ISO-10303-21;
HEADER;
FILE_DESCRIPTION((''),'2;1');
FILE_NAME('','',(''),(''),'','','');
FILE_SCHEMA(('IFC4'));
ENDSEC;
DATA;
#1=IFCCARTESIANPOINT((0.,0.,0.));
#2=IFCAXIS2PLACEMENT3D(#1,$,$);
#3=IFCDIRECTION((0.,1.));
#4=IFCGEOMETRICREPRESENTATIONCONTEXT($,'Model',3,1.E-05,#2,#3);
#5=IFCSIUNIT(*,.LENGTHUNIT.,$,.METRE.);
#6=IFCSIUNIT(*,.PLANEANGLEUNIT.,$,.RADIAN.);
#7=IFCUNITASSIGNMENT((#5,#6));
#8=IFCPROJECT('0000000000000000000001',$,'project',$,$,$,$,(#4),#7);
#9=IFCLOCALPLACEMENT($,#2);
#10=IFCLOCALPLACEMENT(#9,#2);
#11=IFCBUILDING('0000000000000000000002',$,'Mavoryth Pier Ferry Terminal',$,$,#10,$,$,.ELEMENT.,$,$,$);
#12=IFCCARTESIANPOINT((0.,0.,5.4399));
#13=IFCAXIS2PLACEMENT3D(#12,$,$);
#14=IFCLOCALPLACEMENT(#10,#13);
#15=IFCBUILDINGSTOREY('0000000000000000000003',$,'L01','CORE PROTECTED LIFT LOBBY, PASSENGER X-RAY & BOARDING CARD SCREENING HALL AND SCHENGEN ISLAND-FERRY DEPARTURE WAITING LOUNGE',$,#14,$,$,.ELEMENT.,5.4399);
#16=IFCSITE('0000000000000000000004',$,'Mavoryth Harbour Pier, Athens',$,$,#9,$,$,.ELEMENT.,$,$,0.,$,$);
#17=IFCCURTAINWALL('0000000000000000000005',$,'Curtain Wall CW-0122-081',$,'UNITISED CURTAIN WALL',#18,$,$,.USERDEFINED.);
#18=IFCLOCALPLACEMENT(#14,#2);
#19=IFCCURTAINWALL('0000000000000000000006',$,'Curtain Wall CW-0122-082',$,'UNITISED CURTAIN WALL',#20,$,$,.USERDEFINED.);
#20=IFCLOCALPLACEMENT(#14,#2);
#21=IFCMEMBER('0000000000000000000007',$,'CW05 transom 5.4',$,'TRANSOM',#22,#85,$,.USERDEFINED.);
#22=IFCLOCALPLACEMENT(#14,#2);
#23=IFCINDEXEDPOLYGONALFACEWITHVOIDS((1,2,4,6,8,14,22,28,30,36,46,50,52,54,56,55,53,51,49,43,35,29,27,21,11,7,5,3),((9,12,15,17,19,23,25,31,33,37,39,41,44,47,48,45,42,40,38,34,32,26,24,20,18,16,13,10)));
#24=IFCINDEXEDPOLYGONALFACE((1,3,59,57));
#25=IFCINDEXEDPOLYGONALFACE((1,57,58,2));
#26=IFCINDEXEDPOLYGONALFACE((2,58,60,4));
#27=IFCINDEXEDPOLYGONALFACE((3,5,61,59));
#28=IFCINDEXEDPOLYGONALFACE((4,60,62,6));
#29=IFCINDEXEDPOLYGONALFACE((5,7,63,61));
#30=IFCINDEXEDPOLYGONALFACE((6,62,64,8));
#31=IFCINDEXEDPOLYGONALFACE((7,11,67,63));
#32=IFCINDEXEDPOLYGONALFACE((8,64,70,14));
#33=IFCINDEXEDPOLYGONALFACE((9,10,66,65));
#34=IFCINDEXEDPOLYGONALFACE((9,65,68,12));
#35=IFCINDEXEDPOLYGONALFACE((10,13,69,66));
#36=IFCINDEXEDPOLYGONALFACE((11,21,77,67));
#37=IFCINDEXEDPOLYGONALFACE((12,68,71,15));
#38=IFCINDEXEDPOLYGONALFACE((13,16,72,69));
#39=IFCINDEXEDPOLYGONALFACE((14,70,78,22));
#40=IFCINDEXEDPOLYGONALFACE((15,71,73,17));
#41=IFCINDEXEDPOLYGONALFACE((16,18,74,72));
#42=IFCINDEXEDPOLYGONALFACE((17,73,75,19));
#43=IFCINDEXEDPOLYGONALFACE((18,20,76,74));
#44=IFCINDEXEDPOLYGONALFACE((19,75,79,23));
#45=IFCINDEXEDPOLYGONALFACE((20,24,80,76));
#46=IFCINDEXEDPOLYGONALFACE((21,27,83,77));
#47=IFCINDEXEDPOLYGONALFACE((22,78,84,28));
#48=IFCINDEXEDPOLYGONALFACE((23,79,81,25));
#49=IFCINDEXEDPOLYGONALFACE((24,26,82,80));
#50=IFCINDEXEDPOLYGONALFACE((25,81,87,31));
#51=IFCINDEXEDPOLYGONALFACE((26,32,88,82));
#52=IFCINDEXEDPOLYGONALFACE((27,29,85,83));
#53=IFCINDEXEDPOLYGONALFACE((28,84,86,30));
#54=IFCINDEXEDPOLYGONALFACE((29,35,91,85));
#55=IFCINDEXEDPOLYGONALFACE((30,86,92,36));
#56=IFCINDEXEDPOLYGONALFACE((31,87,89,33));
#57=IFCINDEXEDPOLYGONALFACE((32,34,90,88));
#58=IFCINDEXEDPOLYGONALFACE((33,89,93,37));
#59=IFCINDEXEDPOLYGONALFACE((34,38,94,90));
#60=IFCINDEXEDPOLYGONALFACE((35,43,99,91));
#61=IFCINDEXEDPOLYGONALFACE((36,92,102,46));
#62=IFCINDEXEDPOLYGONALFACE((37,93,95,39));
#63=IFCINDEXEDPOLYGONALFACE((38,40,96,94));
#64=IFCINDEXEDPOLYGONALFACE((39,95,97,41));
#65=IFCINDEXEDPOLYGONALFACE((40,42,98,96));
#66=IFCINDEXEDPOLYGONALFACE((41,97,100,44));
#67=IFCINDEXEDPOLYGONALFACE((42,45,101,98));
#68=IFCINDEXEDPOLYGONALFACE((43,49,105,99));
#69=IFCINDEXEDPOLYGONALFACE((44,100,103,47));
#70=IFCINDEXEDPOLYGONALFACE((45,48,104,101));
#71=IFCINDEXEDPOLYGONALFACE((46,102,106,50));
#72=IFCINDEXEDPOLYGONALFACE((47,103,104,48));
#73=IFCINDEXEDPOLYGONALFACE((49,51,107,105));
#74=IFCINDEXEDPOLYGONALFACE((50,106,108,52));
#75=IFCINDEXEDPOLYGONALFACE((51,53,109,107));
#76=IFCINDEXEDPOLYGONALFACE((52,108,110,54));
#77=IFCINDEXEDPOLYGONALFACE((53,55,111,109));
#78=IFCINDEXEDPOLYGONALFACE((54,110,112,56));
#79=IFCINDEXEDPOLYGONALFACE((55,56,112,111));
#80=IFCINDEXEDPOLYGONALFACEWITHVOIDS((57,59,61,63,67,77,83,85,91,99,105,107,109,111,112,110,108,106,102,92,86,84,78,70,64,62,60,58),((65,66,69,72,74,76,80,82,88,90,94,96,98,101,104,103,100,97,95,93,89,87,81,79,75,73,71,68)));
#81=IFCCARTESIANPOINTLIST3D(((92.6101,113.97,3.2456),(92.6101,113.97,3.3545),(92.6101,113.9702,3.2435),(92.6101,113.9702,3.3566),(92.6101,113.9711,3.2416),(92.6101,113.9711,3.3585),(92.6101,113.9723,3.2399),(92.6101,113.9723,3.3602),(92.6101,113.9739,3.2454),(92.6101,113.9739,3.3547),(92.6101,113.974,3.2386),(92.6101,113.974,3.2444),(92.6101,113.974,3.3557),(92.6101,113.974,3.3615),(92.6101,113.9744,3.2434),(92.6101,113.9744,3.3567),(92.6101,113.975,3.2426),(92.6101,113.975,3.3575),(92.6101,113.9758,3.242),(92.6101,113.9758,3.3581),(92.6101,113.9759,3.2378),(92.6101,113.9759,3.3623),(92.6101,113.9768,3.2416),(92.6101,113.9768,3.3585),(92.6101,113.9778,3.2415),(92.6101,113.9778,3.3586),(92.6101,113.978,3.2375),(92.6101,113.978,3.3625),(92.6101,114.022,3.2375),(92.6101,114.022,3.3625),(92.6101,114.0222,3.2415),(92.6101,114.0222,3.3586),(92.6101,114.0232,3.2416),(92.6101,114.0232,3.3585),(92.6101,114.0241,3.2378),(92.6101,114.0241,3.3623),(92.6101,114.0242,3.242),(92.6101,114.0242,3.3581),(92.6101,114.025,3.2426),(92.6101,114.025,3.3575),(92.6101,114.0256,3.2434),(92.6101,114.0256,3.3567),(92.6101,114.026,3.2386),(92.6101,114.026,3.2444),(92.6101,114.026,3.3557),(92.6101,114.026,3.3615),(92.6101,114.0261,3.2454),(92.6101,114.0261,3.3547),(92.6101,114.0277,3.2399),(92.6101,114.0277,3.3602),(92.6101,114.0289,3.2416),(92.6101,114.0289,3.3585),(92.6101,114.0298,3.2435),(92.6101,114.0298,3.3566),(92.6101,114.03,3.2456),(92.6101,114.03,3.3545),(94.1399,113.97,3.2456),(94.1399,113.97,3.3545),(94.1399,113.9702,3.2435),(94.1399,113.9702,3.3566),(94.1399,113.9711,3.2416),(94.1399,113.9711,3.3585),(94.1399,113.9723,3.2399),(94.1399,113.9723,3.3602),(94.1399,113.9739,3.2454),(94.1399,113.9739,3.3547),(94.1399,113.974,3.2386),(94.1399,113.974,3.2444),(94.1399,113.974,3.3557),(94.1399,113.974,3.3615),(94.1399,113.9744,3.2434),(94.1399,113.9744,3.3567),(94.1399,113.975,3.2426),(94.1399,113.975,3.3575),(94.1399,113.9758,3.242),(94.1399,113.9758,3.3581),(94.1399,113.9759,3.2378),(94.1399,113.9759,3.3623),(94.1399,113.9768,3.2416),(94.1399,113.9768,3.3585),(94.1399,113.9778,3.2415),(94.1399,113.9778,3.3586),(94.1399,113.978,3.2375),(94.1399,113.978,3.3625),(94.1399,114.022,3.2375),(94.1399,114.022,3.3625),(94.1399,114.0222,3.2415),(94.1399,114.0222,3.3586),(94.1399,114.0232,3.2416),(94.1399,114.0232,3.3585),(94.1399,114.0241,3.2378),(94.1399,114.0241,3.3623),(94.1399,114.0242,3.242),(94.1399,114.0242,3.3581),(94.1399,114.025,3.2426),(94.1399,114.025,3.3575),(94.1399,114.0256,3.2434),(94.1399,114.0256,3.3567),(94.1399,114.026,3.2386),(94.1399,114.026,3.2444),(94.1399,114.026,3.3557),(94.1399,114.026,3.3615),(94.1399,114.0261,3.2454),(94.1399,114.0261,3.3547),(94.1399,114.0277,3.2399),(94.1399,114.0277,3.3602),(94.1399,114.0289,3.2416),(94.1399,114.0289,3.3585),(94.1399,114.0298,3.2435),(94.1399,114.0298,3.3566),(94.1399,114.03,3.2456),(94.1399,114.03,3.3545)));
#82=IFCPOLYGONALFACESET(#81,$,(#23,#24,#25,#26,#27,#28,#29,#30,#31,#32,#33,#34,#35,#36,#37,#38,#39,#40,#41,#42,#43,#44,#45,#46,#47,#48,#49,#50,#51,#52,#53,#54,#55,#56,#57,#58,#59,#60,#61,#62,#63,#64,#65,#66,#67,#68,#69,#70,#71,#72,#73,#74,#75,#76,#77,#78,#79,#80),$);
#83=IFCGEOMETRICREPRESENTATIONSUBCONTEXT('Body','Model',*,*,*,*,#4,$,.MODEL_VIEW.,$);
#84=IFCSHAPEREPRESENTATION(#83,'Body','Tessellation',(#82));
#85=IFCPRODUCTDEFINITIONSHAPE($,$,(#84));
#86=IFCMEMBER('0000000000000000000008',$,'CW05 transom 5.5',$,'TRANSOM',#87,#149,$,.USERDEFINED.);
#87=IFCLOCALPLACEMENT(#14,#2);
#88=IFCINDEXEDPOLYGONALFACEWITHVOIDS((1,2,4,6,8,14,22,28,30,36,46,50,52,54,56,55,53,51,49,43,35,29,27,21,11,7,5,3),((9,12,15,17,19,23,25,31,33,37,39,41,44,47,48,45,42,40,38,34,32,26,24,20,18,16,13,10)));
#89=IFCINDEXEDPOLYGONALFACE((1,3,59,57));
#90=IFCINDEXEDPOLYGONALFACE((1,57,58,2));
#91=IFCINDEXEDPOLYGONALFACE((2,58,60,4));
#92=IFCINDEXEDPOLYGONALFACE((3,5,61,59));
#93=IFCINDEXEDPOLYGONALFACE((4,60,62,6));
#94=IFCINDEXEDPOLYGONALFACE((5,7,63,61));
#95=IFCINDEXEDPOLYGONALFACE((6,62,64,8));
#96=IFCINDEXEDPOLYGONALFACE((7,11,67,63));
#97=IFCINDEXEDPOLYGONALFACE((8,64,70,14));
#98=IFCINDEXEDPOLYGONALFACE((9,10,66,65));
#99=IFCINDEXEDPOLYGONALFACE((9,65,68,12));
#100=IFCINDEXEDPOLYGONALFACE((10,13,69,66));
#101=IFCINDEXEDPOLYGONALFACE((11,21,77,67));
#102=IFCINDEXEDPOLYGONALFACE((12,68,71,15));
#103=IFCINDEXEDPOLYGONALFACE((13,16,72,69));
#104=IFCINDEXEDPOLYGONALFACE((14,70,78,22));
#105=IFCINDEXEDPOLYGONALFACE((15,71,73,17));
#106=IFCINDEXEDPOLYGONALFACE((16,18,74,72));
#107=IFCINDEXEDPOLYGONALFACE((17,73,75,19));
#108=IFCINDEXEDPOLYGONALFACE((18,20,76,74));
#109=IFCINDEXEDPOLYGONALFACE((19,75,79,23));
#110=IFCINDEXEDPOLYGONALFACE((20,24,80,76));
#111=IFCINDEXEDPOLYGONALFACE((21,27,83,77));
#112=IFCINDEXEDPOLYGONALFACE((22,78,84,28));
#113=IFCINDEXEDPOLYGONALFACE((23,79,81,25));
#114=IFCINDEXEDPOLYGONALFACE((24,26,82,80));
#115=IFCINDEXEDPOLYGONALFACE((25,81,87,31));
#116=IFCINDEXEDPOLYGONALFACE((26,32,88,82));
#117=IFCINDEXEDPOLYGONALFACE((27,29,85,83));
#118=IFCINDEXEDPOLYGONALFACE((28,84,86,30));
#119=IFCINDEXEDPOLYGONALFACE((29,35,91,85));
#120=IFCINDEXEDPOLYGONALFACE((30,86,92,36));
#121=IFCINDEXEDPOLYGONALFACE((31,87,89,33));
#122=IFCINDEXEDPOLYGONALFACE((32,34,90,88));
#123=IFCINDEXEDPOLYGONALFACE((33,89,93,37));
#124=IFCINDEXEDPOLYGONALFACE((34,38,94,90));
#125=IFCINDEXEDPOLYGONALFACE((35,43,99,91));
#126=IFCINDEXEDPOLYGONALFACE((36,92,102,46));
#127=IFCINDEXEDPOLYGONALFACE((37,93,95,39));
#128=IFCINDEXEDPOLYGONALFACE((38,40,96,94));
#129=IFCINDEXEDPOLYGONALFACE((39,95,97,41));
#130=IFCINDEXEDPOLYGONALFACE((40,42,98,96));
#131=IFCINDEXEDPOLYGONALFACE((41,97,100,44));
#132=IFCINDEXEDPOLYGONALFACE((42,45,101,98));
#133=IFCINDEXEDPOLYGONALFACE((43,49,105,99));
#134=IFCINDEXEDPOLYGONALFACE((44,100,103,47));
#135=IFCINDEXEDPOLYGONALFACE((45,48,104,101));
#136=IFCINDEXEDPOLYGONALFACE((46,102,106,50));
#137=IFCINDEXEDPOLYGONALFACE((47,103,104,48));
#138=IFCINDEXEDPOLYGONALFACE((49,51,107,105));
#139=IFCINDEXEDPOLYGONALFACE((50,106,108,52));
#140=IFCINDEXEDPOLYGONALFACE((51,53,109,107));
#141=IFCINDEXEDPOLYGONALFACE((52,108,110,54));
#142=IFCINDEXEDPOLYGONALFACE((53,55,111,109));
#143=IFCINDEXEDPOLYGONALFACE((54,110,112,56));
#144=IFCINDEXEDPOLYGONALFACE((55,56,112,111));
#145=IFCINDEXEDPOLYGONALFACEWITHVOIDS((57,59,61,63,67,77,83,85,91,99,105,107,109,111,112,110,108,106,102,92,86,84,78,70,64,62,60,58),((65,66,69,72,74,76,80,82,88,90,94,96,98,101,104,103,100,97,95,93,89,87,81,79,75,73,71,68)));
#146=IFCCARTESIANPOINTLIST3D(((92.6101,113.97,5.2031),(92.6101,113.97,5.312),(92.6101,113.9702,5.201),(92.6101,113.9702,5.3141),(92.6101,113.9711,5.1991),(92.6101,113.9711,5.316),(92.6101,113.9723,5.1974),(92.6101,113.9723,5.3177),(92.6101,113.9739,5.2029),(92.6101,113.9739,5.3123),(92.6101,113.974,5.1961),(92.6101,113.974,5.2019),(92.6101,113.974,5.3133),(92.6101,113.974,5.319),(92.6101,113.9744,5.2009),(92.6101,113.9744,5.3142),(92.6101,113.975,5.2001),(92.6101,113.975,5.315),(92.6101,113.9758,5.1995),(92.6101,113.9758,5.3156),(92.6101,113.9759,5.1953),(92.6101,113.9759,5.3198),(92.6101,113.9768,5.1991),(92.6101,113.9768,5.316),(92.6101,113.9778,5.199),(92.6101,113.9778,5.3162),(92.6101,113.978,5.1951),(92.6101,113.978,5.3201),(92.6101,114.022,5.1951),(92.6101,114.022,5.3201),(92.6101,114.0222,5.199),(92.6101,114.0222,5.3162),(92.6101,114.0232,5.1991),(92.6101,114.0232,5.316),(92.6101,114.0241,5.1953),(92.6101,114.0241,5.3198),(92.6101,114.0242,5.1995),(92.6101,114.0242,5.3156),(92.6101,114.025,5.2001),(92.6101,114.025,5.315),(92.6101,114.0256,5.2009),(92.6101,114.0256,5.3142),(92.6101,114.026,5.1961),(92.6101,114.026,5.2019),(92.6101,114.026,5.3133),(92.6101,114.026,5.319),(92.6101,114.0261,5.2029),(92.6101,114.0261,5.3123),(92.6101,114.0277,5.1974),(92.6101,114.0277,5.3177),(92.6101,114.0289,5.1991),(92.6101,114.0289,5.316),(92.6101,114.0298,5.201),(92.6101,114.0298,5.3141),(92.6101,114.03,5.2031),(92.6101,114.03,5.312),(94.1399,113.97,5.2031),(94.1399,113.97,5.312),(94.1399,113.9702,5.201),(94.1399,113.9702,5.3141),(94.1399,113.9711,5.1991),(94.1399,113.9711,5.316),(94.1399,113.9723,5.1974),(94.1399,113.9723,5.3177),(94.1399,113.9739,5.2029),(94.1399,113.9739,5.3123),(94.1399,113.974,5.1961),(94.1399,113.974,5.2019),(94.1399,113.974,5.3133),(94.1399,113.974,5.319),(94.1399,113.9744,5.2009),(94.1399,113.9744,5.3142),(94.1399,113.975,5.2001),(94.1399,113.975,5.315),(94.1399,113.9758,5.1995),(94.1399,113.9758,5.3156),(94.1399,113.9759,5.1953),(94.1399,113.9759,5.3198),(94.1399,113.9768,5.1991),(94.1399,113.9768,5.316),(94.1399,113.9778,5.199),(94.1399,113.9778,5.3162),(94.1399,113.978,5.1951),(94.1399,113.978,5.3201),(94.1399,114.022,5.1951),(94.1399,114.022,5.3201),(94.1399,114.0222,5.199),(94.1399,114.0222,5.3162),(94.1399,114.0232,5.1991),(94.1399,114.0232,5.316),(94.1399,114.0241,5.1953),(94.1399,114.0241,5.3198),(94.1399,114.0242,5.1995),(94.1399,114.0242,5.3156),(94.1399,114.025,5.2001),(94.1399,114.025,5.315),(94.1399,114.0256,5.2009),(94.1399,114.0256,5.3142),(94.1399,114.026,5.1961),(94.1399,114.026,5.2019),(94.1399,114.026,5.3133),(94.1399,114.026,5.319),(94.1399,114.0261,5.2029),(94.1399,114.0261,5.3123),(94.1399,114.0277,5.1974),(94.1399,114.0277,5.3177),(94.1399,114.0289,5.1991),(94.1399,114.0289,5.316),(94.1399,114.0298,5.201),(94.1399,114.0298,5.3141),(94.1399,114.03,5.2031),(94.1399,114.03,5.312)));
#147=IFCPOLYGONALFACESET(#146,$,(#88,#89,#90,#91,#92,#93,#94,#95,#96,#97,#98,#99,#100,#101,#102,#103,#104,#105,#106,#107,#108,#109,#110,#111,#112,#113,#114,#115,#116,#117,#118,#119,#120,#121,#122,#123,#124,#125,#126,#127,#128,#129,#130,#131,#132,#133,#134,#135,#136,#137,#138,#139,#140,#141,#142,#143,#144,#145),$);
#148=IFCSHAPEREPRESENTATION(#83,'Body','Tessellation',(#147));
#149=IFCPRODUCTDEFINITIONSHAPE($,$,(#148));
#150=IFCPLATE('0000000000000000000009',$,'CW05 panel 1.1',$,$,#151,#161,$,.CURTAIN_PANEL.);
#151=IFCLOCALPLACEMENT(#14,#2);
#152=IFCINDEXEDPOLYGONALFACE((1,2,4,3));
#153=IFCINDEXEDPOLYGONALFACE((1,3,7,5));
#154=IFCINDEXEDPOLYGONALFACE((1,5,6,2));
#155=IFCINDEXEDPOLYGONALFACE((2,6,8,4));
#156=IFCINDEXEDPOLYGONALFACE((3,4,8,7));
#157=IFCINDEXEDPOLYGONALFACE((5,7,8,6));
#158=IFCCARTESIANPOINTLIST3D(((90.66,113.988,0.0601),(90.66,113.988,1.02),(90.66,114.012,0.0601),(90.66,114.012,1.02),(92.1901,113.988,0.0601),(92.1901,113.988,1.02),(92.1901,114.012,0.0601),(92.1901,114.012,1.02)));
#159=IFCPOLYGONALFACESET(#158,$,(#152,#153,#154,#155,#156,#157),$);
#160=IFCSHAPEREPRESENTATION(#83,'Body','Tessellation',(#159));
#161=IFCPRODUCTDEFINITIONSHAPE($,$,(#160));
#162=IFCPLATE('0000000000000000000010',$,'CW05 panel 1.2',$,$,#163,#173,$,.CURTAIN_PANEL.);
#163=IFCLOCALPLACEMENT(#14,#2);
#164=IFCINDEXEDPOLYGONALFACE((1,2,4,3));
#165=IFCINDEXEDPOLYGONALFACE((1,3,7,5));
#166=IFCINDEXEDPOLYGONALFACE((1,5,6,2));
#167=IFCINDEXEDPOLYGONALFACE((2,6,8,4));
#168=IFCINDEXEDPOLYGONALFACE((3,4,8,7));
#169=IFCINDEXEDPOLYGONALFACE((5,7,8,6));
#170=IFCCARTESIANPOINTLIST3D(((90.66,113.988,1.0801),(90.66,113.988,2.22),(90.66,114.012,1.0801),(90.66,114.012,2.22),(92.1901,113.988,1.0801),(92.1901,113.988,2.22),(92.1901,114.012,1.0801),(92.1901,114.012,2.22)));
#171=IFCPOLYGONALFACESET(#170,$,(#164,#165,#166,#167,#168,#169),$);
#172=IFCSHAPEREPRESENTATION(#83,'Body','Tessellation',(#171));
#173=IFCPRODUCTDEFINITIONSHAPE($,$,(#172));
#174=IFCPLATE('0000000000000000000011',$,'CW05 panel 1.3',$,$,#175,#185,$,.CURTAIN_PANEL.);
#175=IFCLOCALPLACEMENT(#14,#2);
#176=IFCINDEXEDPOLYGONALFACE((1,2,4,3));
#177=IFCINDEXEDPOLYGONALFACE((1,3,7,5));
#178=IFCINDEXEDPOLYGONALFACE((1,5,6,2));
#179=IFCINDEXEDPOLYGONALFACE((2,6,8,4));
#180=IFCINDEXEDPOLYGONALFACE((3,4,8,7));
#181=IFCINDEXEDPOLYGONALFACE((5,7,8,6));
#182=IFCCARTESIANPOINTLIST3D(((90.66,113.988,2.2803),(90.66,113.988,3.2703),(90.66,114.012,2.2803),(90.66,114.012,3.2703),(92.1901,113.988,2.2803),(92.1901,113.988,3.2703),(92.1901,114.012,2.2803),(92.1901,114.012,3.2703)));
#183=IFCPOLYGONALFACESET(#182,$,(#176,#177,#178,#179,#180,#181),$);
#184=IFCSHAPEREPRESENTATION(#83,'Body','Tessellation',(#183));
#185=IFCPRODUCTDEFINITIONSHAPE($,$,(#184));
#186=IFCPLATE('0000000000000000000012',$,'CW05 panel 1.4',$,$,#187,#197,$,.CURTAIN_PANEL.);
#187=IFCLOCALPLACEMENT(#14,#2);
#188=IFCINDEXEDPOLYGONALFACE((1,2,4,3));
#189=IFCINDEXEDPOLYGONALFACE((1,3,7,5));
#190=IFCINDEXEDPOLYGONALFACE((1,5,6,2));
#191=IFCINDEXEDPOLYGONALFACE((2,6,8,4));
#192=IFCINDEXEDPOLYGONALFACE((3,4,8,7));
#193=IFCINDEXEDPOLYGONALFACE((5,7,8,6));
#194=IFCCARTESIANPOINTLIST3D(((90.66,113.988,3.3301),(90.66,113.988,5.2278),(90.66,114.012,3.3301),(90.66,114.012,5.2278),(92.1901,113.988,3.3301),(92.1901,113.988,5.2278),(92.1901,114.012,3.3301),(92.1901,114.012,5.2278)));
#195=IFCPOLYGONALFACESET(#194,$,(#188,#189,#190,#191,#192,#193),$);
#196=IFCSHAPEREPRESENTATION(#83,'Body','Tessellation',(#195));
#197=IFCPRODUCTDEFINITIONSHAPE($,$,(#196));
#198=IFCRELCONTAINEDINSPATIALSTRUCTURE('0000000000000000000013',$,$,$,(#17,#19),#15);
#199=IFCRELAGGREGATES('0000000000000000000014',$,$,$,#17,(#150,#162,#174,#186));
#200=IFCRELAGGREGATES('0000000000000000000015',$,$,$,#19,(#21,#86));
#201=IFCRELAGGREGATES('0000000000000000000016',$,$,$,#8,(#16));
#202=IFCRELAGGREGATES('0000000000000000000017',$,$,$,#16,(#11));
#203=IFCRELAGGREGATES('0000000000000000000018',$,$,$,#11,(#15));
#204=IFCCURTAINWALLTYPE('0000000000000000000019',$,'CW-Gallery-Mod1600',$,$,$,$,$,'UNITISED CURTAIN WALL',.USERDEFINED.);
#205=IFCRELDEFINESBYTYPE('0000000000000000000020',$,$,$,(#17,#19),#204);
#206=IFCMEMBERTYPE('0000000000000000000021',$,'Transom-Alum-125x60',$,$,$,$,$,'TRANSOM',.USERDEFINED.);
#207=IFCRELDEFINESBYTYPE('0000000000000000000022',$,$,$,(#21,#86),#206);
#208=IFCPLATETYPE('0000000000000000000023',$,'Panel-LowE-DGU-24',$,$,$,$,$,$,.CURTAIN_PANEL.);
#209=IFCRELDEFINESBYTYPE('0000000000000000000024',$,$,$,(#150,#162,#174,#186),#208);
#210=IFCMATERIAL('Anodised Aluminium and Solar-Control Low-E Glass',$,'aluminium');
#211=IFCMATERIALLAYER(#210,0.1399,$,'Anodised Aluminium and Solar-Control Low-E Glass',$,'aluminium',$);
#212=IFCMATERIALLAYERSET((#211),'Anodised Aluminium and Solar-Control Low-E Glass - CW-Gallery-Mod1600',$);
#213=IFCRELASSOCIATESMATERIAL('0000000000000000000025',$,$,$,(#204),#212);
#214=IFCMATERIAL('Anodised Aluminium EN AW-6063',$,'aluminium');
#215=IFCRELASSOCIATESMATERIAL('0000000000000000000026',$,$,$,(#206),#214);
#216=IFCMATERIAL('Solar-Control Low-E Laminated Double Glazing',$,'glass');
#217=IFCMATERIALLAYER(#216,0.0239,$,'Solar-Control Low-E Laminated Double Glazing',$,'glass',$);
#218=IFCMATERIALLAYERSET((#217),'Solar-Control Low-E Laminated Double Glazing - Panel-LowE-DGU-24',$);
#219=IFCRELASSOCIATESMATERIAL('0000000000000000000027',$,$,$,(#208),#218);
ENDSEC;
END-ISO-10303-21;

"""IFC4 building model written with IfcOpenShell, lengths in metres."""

from ifc_helpers import new_model, si_unit, direction, frame, origin, origin_2d, place, context, subcontext, project, spatial, rectangle, hollow_rectangle, extrude, material, layer, layer_set, material_profile, profile_set, type_object, element, aggregate, save


model = new_model("IFC4")

# Units and contexts
model_context = context("Model", 3, precision=1e-05, world=origin(), true_north=direction((0.0, 1.0)))
body_context = subcontext(model_context, "Body", "Model", "MODEL_VIEW")
ifc_project = project(units=[si_unit("LENGTHUNIT", "METRE"), si_unit("PLANEANGLEUNIT", "RADIAN")], contexts=[model_context])

# Site, building, storey
site_placement = place(None, origin())
site = spatial("IfcSite", under=ifc_project, at=site_placement, Name="Mavoryth Harbour Pier, Athens", CompositionType="ELEMENT", RefElevation=0.0)
building_placement = place(site_placement, origin())
building = spatial("IfcBuilding", under=site, at=building_placement, Name="Mavoryth Pier Ferry Terminal", CompositionType="ELEMENT")
storey_placement = place(building_placement, frame((0.0, 0.0, 5.4399)))
storey = spatial("IfcBuildingStorey", under=building, at=storey_placement, Name="L01", Description="CORE PROTECTED LIFT LOBBY, PASSENGER X-RAY & BOARDING CARD SCREENING HALL AND SCHENGEN ISLAND-FERRY DEPARTURE WAITING LOUNGE", CompositionType="ELEMENT", Elevation=5.4399)

# Curtain walls
ifc_material_1 = material(Name="Anodised Aluminium and Solar-Control Low-E Glass", Category="aluminium")
ifc_layer_1 = layer(ifc_material_1, 0.1399, Name="Anodised Aluminium and Solar-Control Low-E Glass", Category="aluminium")
ifc_layer_set_1 = layer_set([ifc_layer_1], Name="Anodised Aluminium and Solar-Control Low-E Glass - CW-Gallery-Mod1600")
curtain_wall_type = type_object("IfcCurtainWallType", Name="CW-Gallery-Mod1600", ElementType="UNITISED CURTAIN WALL", PredefinedType="USERDEFINED", material=ifc_layer_set_1)
curtain_wall_1_placement = place(storey_placement, origin())
curtain_wall_1 = element("IfcCurtainWall", 1, at=curtain_wall_1_placement, inside=storey, type_object=curtain_wall_type, Name="Curtain Wall CW-0122-081", ObjectType="UNITISED CURTAIN WALL", PredefinedType="USERDEFINED")
ifc_material_2 = material(Name="Anodised Aluminium EN AW-6063", Category="aluminium")
curtain_wall_2_placement = place(storey_placement, origin())
curtain_wall_2 = element("IfcCurtainWall", 2, at=curtain_wall_2_placement, inside=storey, type_object=curtain_wall_type, Name="Curtain Wall CW-0122-082", ObjectType="UNITISED CURTAIN WALL", PredefinedType="USERDEFINED")

# Members
ifc_material_profile_1 = material_profile(ifc_material_2, hollow_rectangle(XDim=0.0601, YDim=0.125, WallThickness=0.0039, InnerFilletRadius=0.0039, OuterFilletRadius=0.0081, at=origin_2d()), Name="AL-TRAN 125x60x4", Category="aluminium")
ifc_profile_set_1 = profile_set([ifc_material_profile_1], Name="Anodised Aluminium EN AW-6063 - AL-TRAN 125x60x4")
member_type_1 = type_object("IfcMemberType", Name="Transom-Alum-125x60", ElementType="TRANSOM", PredefinedType="USERDEFINED", material=ifc_profile_set_1)
member_1_placement = place(storey_placement, frame((94.1399, 114.0, 3.3), z_axis=(-1.0, 0.0, 0.0), x_axis=(0.0, -1.0, 0.0)))
member_1 = element("IfcMember", 3, at=member_1_placement, type_object=member_type_1, Name="CW05 transom 5.4", ObjectType="TRANSOM", PredefinedType="USERDEFINED", context=body_context, shape_type="SweptSolid", body=[
    extrude(hollow_rectangle(XDim=0.0601, YDim=0.125, WallThickness=0.0039, InnerFilletRadius=0.0039, OuterFilletRadius=0.0081, at=origin_2d()), origin(), (0.0, 0.0, 1.0), 1.5298),
])
member_2_placement = place(storey_placement, frame((94.1399, 114.0, 5.2576), z_axis=(-1.0, 0.0, 0.0), x_axis=(0.0, -1.0, 0.0)))
member_2 = element("IfcMember", 4, at=member_2_placement, type_object=member_type_1, Name="CW05 transom 5.5", ObjectType="TRANSOM", PredefinedType="USERDEFINED", context=body_context, shape_type="SweptSolid", body=[
    extrude(hollow_rectangle(XDim=0.0601, YDim=0.125, WallThickness=0.0039, InnerFilletRadius=0.0039, OuterFilletRadius=0.0081, at=origin_2d()), origin(), (0.0, 0.0, 1.0), 1.5298),
])

# Plates
ifc_material_3 = material(Name="Solar-Control Low-E Laminated Double Glazing", Category="glass")
ifc_layer_2 = layer(ifc_material_3, 0.0239, Name="Solar-Control Low-E Laminated Double Glazing", Category="glass")
ifc_layer_set_2 = layer_set([ifc_layer_2], Name="Solar-Control Low-E Laminated Double Glazing - Panel-LowE-DGU-24")
plate_type_1 = type_object("IfcPlateType", Name="Panel-LowE-DGU-24", PredefinedType="CURTAIN_PANEL", material=ifc_layer_set_2)
plate_1_placement = place(storey_placement, frame((91.425, 114.0, 0.0601), z_axis=(0.0, 0.0, 1.0), x_axis=(-1.0, 0.0, 0.0)))
plate_1 = element("IfcPlate", 5, at=plate_1_placement, type_object=plate_type_1, Name="CW05 panel 1.1", PredefinedType="CURTAIN_PANEL", context=body_context, shape_type="SweptSolid", body=[
    extrude(rectangle(XDim=1.53, YDim=0.0239, at=origin_2d()), origin(), (0.0, 0.0, 1.0), 0.96),
])
plate_2_placement = place(storey_placement, frame((91.425, 114.0, 1.0801), z_axis=(0.0, 0.0, 1.0), x_axis=(-1.0, 0.0, 0.0)))
plate_2 = element("IfcPlate", 6, at=plate_2_placement, type_object=plate_type_1, Name="CW05 panel 1.2", PredefinedType="CURTAIN_PANEL", context=body_context, shape_type="SweptSolid", body=[
    extrude(rectangle(XDim=1.53, YDim=0.0239, at=origin_2d()), origin(), (0.0, 0.0, 1.0), 1.1399),
])
plate_3_placement = place(storey_placement, frame((91.425, 114.0, 2.2803), z_axis=(0.0, 0.0, 1.0), x_axis=(-1.0, 0.0, 0.0)))
plate_3 = element("IfcPlate", 7, at=plate_3_placement, type_object=plate_type_1, Name="CW05 panel 1.3", PredefinedType="CURTAIN_PANEL", context=body_context, shape_type="SweptSolid", body=[
    extrude(rectangle(XDim=1.53, YDim=0.0239, at=origin_2d()), origin(), (0.0, 0.0, 1.0), 0.99),
])
plate_4_placement = place(storey_placement, frame((91.425, 114.0, 3.3301), z_axis=(0.0, 0.0, 1.0), x_axis=(-1.0, 0.0, 0.0)))
plate_4 = element("IfcPlate", 8, at=plate_4_placement, type_object=plate_type_1, Name="CW05 panel 1.4", PredefinedType="CURTAIN_PANEL", context=body_context, shape_type="SweptSolid", body=[
    extrude(rectangle(XDim=1.53, YDim=0.0239, at=origin_2d()), origin(), (0.0, 0.0, 1.0), 1.8977),
])
aggregate(curtain_wall_1, [plate_1, plate_2, plate_3, plate_4])
aggregate(curtain_wall_2, [member_1, member_2])

save(model, "model.ifc")
